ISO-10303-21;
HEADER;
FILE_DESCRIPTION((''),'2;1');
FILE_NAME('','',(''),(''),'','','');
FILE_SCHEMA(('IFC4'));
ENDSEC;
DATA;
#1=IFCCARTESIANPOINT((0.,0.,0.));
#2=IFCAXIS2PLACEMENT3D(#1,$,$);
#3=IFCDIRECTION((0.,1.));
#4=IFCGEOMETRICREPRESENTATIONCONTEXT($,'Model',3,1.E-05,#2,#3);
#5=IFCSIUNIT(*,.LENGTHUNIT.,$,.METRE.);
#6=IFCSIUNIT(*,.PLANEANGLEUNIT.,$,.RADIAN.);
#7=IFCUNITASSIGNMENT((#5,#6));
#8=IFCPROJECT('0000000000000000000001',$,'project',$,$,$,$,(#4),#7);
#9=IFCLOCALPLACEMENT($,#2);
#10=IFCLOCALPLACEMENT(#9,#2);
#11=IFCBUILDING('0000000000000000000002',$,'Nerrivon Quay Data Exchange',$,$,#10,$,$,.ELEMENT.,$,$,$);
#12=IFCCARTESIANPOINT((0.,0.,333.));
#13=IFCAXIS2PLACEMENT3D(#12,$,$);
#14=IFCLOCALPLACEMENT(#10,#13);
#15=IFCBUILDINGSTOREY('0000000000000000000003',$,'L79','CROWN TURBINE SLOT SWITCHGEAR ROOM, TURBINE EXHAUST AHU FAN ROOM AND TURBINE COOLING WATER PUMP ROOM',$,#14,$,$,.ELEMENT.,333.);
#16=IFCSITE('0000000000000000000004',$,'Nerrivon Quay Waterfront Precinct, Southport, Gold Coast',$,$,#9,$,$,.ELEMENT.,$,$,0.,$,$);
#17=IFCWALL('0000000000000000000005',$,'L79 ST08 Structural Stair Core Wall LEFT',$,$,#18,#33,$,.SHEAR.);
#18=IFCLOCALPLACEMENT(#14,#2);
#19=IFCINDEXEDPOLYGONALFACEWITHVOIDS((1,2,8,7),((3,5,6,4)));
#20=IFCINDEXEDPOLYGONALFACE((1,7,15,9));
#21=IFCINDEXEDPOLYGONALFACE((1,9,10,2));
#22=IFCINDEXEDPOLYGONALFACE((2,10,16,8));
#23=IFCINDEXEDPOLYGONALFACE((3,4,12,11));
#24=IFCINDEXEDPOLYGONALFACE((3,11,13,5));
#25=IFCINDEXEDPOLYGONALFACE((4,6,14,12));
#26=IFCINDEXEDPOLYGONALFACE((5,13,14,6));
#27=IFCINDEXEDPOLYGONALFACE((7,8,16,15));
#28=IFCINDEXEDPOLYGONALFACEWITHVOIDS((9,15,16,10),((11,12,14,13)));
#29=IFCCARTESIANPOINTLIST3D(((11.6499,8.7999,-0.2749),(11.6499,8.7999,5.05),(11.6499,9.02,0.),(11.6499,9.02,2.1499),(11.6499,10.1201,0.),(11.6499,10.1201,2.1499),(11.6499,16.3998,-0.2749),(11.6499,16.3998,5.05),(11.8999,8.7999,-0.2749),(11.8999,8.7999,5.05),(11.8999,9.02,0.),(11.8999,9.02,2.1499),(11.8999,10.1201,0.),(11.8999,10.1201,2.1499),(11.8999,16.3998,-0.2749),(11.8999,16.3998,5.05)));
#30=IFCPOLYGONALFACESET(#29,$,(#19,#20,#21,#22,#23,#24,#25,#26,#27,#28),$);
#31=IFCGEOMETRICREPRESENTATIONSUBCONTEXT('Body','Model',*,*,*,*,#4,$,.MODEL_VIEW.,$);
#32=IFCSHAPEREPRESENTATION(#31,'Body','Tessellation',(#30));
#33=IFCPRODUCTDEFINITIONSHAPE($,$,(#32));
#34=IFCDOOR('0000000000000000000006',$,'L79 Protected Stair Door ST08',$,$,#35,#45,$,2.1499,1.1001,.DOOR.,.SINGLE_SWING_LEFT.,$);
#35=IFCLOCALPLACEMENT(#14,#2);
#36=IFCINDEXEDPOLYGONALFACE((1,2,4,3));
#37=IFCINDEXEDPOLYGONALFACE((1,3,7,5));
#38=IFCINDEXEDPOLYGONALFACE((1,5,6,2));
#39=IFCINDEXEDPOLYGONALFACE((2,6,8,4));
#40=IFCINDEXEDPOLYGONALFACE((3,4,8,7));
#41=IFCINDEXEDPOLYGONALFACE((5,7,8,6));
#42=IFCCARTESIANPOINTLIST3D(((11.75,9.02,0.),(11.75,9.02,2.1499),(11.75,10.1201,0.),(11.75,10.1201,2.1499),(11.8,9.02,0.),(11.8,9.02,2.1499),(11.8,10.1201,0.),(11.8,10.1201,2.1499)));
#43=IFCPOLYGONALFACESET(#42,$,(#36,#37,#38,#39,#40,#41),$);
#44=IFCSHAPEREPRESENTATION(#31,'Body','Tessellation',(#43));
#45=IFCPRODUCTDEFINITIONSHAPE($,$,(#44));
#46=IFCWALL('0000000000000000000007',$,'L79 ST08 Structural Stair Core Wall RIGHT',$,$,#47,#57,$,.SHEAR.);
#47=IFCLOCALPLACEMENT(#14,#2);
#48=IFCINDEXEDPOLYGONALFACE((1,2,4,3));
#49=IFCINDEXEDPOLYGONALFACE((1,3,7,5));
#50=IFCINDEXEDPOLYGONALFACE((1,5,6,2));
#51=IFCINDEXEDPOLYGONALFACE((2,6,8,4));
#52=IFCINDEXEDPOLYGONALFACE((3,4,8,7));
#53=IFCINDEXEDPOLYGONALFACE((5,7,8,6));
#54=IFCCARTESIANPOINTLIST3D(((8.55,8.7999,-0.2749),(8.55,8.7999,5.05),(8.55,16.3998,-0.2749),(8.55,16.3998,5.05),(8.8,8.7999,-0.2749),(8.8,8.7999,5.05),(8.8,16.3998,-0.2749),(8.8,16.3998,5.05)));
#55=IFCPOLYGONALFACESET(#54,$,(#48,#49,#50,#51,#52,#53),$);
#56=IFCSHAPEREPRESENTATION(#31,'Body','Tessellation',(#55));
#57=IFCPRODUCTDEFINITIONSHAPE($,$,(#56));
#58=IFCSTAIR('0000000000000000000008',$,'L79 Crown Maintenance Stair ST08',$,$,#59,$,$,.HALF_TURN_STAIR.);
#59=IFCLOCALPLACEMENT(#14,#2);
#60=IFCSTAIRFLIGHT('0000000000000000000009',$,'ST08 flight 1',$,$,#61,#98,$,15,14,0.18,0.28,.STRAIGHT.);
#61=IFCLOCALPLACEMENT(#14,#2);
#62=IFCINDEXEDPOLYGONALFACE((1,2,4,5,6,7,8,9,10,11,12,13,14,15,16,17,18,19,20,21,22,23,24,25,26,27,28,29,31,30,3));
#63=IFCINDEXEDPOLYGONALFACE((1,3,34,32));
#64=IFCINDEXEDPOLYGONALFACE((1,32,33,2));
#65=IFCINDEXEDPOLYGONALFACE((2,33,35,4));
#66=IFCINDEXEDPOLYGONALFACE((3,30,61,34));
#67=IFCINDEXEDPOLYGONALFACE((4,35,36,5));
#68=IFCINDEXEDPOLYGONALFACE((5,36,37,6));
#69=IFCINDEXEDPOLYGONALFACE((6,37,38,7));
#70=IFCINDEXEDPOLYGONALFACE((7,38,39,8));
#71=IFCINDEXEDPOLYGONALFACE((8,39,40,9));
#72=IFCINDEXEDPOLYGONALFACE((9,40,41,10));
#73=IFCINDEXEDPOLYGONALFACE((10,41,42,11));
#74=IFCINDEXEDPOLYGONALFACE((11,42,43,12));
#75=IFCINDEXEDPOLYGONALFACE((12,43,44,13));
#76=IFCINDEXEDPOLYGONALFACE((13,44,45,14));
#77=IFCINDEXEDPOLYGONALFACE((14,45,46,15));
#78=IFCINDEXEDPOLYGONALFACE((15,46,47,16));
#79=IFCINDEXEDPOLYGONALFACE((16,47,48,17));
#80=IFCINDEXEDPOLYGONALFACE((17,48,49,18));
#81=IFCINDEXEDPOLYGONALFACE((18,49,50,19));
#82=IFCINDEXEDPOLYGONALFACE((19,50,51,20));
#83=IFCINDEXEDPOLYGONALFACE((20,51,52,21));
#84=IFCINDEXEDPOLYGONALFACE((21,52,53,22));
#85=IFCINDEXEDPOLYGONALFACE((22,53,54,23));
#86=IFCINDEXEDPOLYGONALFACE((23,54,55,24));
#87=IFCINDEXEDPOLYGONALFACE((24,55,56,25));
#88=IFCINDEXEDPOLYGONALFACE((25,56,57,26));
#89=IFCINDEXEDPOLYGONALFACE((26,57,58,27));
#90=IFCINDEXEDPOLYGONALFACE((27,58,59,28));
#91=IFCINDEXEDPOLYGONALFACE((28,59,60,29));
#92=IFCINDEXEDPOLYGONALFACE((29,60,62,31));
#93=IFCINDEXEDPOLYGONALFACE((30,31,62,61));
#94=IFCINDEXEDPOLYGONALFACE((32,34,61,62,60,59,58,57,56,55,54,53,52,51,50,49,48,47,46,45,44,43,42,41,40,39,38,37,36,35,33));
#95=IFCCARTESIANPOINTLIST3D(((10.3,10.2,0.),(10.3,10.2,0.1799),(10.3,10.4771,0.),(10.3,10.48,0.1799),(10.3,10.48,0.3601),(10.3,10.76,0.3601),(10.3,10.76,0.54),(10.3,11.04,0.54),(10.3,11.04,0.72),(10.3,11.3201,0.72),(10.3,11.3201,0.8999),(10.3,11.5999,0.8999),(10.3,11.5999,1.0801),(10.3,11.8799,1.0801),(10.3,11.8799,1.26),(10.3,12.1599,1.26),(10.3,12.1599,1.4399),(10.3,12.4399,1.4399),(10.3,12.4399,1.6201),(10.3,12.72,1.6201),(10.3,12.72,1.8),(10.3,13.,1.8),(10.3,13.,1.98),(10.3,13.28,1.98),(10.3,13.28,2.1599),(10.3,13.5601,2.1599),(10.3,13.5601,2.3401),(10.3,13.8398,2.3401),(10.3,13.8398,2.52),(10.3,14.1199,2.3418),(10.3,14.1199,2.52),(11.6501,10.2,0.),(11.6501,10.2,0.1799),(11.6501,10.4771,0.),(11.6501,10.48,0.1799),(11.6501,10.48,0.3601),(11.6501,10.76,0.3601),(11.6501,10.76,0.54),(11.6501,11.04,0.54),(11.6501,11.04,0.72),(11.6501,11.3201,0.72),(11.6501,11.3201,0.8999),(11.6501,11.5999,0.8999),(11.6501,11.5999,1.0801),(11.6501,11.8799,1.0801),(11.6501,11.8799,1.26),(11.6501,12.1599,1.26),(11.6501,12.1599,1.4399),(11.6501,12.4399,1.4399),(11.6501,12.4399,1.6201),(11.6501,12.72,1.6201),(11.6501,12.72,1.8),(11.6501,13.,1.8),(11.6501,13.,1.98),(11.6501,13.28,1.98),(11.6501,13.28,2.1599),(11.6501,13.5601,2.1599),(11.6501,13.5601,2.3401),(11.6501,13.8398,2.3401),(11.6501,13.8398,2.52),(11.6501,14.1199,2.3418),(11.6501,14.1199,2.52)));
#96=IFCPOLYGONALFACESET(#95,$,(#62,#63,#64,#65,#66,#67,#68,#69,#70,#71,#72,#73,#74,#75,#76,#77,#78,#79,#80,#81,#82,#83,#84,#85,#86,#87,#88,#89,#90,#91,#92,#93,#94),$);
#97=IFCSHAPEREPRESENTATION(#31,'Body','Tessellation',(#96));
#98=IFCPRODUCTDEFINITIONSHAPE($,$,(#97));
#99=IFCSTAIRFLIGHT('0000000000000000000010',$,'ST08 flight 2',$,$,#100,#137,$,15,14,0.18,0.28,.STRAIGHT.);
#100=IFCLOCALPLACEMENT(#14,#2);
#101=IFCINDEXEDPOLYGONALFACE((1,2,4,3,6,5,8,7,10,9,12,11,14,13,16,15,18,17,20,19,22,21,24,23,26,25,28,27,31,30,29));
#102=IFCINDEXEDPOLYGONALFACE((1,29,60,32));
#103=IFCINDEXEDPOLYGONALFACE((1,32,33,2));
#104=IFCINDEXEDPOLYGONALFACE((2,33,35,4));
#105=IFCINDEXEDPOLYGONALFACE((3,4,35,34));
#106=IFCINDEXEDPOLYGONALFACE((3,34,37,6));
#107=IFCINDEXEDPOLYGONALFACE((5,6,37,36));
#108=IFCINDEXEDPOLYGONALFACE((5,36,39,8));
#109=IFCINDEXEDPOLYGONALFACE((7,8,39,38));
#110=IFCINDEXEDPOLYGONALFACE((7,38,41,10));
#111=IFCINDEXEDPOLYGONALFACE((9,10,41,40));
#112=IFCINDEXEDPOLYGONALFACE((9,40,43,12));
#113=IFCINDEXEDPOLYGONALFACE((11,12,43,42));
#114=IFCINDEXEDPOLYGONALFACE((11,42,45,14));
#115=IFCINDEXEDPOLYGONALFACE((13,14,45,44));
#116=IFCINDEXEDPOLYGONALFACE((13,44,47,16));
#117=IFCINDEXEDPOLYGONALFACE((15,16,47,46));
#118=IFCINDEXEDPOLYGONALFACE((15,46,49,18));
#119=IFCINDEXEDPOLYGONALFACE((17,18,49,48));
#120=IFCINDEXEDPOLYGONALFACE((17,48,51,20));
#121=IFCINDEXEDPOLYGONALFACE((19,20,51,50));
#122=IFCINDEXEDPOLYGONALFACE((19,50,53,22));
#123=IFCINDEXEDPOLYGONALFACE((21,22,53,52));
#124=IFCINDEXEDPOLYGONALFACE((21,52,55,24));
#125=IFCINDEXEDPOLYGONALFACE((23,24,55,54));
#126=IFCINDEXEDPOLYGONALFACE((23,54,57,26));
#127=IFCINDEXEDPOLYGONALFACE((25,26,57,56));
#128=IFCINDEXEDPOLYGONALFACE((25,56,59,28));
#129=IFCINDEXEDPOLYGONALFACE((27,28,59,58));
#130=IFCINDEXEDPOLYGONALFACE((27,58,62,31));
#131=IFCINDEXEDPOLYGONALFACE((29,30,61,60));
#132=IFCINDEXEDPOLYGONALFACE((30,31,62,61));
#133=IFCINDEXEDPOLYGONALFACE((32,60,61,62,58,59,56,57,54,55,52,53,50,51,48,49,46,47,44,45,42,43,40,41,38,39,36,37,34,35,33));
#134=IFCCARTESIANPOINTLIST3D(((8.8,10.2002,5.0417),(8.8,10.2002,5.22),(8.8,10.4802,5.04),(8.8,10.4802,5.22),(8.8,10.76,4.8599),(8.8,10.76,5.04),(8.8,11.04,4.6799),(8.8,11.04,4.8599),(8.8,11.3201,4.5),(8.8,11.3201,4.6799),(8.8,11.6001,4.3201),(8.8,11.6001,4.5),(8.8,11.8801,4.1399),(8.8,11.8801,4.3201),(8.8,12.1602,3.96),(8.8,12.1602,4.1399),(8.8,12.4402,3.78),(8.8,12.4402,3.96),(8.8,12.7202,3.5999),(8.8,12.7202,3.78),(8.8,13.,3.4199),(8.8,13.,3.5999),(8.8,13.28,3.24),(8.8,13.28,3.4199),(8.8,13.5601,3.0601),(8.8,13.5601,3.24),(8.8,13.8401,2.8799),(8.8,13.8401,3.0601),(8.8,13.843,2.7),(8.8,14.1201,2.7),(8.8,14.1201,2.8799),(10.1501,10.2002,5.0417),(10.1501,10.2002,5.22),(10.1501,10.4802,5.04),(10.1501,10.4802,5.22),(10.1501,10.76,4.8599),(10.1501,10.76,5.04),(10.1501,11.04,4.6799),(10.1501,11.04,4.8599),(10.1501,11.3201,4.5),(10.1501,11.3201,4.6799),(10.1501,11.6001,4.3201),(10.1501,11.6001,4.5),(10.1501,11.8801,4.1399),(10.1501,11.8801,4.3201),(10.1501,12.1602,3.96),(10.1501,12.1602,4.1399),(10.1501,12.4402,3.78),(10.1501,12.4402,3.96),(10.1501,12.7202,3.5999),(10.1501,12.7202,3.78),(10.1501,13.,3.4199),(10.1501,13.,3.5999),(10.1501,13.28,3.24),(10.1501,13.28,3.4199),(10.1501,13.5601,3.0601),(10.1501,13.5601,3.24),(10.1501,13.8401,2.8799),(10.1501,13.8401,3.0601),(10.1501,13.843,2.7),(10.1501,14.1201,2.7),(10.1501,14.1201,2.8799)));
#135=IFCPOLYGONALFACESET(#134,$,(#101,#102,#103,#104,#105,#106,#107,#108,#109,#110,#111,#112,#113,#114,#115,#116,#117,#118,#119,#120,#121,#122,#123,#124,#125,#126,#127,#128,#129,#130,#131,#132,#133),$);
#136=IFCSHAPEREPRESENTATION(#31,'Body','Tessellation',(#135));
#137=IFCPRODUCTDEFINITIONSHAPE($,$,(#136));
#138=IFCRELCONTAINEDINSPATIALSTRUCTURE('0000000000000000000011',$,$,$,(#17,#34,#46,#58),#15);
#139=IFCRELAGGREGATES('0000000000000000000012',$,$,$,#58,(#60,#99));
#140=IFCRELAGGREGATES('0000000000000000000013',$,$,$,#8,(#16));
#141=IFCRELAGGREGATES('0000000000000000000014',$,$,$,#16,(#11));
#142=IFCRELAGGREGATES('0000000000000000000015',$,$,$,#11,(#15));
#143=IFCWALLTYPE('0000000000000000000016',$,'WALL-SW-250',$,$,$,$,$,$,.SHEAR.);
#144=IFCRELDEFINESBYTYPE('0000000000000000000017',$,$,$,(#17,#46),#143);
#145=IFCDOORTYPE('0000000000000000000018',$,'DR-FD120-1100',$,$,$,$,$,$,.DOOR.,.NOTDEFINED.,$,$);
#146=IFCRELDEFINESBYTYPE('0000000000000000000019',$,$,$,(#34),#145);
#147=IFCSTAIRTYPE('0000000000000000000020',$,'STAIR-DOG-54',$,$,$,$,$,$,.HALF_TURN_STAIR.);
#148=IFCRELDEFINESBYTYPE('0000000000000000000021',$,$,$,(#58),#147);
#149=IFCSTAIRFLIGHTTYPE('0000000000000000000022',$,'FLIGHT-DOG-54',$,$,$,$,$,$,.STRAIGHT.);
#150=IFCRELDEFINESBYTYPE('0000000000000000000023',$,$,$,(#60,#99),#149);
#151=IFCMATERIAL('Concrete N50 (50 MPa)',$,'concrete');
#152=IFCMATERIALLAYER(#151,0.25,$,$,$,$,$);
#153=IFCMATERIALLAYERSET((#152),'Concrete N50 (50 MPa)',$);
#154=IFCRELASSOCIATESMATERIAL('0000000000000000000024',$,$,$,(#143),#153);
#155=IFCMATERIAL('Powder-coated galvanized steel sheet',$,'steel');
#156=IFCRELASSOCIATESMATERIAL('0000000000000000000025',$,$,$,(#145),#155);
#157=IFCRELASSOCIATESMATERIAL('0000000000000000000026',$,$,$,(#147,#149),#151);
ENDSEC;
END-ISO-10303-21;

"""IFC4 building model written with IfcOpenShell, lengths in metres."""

from ifc_helpers import new_model, si_unit, direction, frame, frame_2d, origin, place, context, subcontext, project, spatial, polyline, rectangle, outline, extrude, material, layer, layer_set, type_object, element, fill, aggregate, save


model = new_model("IFC4")

# Units and contexts
model_context = context("Model", 3, precision=1e-05, world=origin(), true_north=direction((0.0, 1.0)))
body_context = subcontext(model_context, "Body", "Model", "MODEL_VIEW")
ifc_project = project(units=[si_unit("LENGTHUNIT", "METRE"), si_unit("PLANEANGLEUNIT", "RADIAN")], contexts=[model_context])

# Site, building, storey
site_placement = place(None, origin())
site = spatial("IfcSite", under=ifc_project, at=site_placement, Name="Nerrivon Quay Waterfront Precinct, Southport, Gold Coast", CompositionType="ELEMENT", RefElevation=0.0)
building_placement = place(site_placement, origin())
building = spatial("IfcBuilding", under=site, at=building_placement, Name="Nerrivon Quay Data Exchange", CompositionType="ELEMENT")
storey_placement = place(building_placement, frame((0.0, 0.0, 333.0)))
storey = spatial("IfcBuildingStorey", under=building, at=storey_placement, Name="L79", Description="CROWN TURBINE SLOT SWITCHGEAR ROOM, TURBINE EXHAUST AHU FAN ROOM AND TURBINE COOLING WATER PUMP ROOM", CompositionType="ELEMENT", Elevation=333.0)

# Shared definitions
ifc_material_1 = material(Name="Concrete N50 (50 MPa)", Category="concrete")
ifc_layer_1 = layer(ifc_material_1, 0.25)
ifc_layer_set_1 = layer_set([ifc_layer_1], Name="Concrete N50 (50 MPa)")
wall_type_1 = type_object("IfcWallType", Name="WALL-SW-250", PredefinedType="SHEAR", material=ifc_layer_set_1)

# Wall, opening, door
wall_1_placement = place(storey_placement, frame((11.7749, 8.8, -0.2749), z_axis=(0.0, 0.0, 1.0), x_axis=(0.0, 1.0, 0.0)))
wall_1 = element("IfcWall", 1, at=wall_1_placement, inside=storey, type_object=wall_type_1, Name="L79 ST08 Structural Stair Core Wall LEFT", PredefinedType="SHEAR", context=body_context, shape_type="SweptSolid", body=[
    extrude(rectangle(XDim=7.5999, YDim=0.25, at=frame_2d((3.7998, 0.0))), origin(), (0.0, 0.0, 1.0), 5.325),
])
opening_placement = place(wall_1_placement, frame((0.22, 0.0, 0.2749)))
opening = element("IfcOpeningElement", 2, at=opening_placement, cuts=wall_1, PredefinedType="OPENING", context=body_context, shape_type="SweptSolid", body=[
    extrude(rectangle(XDim=1.1001, YDim=2.1499, at=frame_2d((0.55, 1.075))), frame((0.0, 0.135, 0.0), z_axis=(0.0, -1.0, 0.0), x_axis=(1.0, 0.0, 0.0)), (0.0, 0.0, 1.0), 0.27),
])
ifc_material_2 = material(Name="Powder-coated galvanized steel sheet", Category="steel")
door_type = type_object("IfcDoorType", Name="DR-FD120-1100", OperationType="NOTDEFINED", PredefinedType="DOOR", material=ifc_material_2)
door_placement = place(opening_placement, origin())
door = element("IfcDoor", 3, at=door_placement, inside=storey, type_object=door_type, Name="L79 Protected Stair Door ST08", OperationType="SINGLE_SWING_LEFT", OverallHeight=2.1499, OverallWidth=1.1001, PredefinedType="DOOR", context=body_context, shape_type="SweptSolid", body=[
    extrude(rectangle(XDim=1.1001, YDim=2.1499, at=frame_2d((0.55, 1.075))), frame((0.0, 0.0249, 0.0), z_axis=(0.0, -1.0, 0.0), x_axis=(1.0, 0.0, 0.0)), (0.0, 0.0, 1.0), 0.05),
])
fill(opening, door)

# Wall
wall_2_placement = place(storey_placement, frame((8.675, 8.8, -0.2749), z_axis=(0.0, 0.0, 1.0), x_axis=(0.0, 1.0, 0.0)))
element("IfcWall", 4, at=wall_2_placement, inside=storey, type_object=wall_type_1, Name="L79 ST08 Structural Stair Core Wall RIGHT", PredefinedType="SHEAR", context=body_context, shape_type="SweptSolid", body=[
    extrude(rectangle(XDim=7.5999, YDim=0.25, at=frame_2d((3.7998, 0.0))), origin(), (0.0, 0.0, 1.0), 5.325),
])

# Stair, stair flights
stair_type = type_object("IfcStairType", Name="STAIR-DOG-54", PredefinedType="HALF_TURN_STAIR", material=ifc_material_1)
stair_placement = place(storey_placement, origin())
stair = element("IfcStair", 5, at=stair_placement, inside=storey, type_object=stair_type, Name="L79 Crown Maintenance Stair ST08", PredefinedType="HALF_TURN_STAIR")
stair_flight_type = type_object("IfcStairFlightType", Name="FLIGHT-DOG-54", PredefinedType="STRAIGHT", material=ifc_material_1)
stair_flight_1_placement = place(storey_placement, frame((10.9751, 10.2, 0.0), z_axis=(0.0, 0.0, 1.0), x_axis=(0.0, 1.0, 0.0)))
stair_flight_1 = element("IfcStairFlight", 6, at=stair_flight_1_placement, type_object=stair_flight_type, Name="ST08 flight 1", NumberOfRisers=15, NumberOfTreads=14, PredefinedType="STRAIGHT", RiserHeight=0.18, TreadLength=0.28, context=body_context, shape_type="SweptSolid", body=[
    extrude(outline(polyline([(0.0, 0.0), (0.0, 0.1799), (0.28, 0.1799), (0.28, 0.3601), (0.5601, 0.3601), (0.5601, 0.54), (0.8401, 0.54), (0.8401, 0.72), (1.1201, 0.72), (1.1201, 0.8999), (1.3999, 0.8999), (1.3999, 1.0801), (1.6799, 1.0801), (1.6799, 1.26), (1.96, 1.26), (1.96, 1.4399), (2.24, 1.4399), (2.24, 1.6201), (2.52, 1.6201), (2.52, 1.8), (2.8, 1.8), (2.8, 1.98), (3.0801, 1.98), (3.0801, 2.1599), (3.3601, 2.1599), (3.3601, 2.3401), (3.6399, 2.3401), (3.6399, 2.52), (3.9199, 2.52), (3.9199, 2.7), (3.9199, 2.3418), (0.2771, 0.0), (0.0, 0.0)])), frame((0.0, 0.675, 0.0), z_axis=(0.0, -1.0, 0.0), x_axis=(1.0, 0.0, 0.0)), (0.0, 0.0, 1.0), 1.3501),
])
stair_flight_2_placement = place(storey_placement, frame((9.4751, 14.1201, 2.7), z_axis=(0.0, 0.0, 1.0), x_axis=(0.0, -1.0, 0.0)))
stair_flight_2 = element("IfcStairFlight", 7, at=stair_flight_2_placement, type_object=stair_flight_type, Name="ST08 flight 2", NumberOfRisers=15, NumberOfTreads=14, PredefinedType="STRAIGHT", RiserHeight=0.18, TreadLength=0.28, context=body_context, shape_type="SweptSolid", body=[
    extrude(outline(polyline([(0.0, 0.0), (0.0, 0.1799), (0.28, 0.1799), (0.28, 0.3601), (0.5601, 0.3601), (0.5601, 0.54), (0.8401, 0.54), (0.8401, 0.72), (1.1201, 0.72), (1.1201, 0.8999), (1.3999, 0.8999), (1.3999, 1.0801), (1.6799, 1.0801), (1.6799, 1.26), (1.96, 1.26), (1.96, 1.4399), (2.24, 1.4399), (2.24, 1.6201), (2.52, 1.6201), (2.52, 1.8), (2.8, 1.8), (2.8, 1.98), (3.0801, 1.98), (3.0801, 2.1599), (3.3601, 2.1599), (3.3601, 2.3401), (3.6399, 2.3401), (3.6399, 2.52), (3.9199, 2.52), (3.9199, 2.7), (3.9199, 2.3418), (0.2771, 0.0), (0.0, 0.0)])), frame((0.0, 0.675, 0.0), z_axis=(0.0, -1.0, 0.0), x_axis=(1.0, 0.0, 0.0)), (0.0, 0.0, 1.0), 1.3501),
])
aggregate(stair, [stair_flight_1, stair_flight_2])

save(model, "model.ifc")
